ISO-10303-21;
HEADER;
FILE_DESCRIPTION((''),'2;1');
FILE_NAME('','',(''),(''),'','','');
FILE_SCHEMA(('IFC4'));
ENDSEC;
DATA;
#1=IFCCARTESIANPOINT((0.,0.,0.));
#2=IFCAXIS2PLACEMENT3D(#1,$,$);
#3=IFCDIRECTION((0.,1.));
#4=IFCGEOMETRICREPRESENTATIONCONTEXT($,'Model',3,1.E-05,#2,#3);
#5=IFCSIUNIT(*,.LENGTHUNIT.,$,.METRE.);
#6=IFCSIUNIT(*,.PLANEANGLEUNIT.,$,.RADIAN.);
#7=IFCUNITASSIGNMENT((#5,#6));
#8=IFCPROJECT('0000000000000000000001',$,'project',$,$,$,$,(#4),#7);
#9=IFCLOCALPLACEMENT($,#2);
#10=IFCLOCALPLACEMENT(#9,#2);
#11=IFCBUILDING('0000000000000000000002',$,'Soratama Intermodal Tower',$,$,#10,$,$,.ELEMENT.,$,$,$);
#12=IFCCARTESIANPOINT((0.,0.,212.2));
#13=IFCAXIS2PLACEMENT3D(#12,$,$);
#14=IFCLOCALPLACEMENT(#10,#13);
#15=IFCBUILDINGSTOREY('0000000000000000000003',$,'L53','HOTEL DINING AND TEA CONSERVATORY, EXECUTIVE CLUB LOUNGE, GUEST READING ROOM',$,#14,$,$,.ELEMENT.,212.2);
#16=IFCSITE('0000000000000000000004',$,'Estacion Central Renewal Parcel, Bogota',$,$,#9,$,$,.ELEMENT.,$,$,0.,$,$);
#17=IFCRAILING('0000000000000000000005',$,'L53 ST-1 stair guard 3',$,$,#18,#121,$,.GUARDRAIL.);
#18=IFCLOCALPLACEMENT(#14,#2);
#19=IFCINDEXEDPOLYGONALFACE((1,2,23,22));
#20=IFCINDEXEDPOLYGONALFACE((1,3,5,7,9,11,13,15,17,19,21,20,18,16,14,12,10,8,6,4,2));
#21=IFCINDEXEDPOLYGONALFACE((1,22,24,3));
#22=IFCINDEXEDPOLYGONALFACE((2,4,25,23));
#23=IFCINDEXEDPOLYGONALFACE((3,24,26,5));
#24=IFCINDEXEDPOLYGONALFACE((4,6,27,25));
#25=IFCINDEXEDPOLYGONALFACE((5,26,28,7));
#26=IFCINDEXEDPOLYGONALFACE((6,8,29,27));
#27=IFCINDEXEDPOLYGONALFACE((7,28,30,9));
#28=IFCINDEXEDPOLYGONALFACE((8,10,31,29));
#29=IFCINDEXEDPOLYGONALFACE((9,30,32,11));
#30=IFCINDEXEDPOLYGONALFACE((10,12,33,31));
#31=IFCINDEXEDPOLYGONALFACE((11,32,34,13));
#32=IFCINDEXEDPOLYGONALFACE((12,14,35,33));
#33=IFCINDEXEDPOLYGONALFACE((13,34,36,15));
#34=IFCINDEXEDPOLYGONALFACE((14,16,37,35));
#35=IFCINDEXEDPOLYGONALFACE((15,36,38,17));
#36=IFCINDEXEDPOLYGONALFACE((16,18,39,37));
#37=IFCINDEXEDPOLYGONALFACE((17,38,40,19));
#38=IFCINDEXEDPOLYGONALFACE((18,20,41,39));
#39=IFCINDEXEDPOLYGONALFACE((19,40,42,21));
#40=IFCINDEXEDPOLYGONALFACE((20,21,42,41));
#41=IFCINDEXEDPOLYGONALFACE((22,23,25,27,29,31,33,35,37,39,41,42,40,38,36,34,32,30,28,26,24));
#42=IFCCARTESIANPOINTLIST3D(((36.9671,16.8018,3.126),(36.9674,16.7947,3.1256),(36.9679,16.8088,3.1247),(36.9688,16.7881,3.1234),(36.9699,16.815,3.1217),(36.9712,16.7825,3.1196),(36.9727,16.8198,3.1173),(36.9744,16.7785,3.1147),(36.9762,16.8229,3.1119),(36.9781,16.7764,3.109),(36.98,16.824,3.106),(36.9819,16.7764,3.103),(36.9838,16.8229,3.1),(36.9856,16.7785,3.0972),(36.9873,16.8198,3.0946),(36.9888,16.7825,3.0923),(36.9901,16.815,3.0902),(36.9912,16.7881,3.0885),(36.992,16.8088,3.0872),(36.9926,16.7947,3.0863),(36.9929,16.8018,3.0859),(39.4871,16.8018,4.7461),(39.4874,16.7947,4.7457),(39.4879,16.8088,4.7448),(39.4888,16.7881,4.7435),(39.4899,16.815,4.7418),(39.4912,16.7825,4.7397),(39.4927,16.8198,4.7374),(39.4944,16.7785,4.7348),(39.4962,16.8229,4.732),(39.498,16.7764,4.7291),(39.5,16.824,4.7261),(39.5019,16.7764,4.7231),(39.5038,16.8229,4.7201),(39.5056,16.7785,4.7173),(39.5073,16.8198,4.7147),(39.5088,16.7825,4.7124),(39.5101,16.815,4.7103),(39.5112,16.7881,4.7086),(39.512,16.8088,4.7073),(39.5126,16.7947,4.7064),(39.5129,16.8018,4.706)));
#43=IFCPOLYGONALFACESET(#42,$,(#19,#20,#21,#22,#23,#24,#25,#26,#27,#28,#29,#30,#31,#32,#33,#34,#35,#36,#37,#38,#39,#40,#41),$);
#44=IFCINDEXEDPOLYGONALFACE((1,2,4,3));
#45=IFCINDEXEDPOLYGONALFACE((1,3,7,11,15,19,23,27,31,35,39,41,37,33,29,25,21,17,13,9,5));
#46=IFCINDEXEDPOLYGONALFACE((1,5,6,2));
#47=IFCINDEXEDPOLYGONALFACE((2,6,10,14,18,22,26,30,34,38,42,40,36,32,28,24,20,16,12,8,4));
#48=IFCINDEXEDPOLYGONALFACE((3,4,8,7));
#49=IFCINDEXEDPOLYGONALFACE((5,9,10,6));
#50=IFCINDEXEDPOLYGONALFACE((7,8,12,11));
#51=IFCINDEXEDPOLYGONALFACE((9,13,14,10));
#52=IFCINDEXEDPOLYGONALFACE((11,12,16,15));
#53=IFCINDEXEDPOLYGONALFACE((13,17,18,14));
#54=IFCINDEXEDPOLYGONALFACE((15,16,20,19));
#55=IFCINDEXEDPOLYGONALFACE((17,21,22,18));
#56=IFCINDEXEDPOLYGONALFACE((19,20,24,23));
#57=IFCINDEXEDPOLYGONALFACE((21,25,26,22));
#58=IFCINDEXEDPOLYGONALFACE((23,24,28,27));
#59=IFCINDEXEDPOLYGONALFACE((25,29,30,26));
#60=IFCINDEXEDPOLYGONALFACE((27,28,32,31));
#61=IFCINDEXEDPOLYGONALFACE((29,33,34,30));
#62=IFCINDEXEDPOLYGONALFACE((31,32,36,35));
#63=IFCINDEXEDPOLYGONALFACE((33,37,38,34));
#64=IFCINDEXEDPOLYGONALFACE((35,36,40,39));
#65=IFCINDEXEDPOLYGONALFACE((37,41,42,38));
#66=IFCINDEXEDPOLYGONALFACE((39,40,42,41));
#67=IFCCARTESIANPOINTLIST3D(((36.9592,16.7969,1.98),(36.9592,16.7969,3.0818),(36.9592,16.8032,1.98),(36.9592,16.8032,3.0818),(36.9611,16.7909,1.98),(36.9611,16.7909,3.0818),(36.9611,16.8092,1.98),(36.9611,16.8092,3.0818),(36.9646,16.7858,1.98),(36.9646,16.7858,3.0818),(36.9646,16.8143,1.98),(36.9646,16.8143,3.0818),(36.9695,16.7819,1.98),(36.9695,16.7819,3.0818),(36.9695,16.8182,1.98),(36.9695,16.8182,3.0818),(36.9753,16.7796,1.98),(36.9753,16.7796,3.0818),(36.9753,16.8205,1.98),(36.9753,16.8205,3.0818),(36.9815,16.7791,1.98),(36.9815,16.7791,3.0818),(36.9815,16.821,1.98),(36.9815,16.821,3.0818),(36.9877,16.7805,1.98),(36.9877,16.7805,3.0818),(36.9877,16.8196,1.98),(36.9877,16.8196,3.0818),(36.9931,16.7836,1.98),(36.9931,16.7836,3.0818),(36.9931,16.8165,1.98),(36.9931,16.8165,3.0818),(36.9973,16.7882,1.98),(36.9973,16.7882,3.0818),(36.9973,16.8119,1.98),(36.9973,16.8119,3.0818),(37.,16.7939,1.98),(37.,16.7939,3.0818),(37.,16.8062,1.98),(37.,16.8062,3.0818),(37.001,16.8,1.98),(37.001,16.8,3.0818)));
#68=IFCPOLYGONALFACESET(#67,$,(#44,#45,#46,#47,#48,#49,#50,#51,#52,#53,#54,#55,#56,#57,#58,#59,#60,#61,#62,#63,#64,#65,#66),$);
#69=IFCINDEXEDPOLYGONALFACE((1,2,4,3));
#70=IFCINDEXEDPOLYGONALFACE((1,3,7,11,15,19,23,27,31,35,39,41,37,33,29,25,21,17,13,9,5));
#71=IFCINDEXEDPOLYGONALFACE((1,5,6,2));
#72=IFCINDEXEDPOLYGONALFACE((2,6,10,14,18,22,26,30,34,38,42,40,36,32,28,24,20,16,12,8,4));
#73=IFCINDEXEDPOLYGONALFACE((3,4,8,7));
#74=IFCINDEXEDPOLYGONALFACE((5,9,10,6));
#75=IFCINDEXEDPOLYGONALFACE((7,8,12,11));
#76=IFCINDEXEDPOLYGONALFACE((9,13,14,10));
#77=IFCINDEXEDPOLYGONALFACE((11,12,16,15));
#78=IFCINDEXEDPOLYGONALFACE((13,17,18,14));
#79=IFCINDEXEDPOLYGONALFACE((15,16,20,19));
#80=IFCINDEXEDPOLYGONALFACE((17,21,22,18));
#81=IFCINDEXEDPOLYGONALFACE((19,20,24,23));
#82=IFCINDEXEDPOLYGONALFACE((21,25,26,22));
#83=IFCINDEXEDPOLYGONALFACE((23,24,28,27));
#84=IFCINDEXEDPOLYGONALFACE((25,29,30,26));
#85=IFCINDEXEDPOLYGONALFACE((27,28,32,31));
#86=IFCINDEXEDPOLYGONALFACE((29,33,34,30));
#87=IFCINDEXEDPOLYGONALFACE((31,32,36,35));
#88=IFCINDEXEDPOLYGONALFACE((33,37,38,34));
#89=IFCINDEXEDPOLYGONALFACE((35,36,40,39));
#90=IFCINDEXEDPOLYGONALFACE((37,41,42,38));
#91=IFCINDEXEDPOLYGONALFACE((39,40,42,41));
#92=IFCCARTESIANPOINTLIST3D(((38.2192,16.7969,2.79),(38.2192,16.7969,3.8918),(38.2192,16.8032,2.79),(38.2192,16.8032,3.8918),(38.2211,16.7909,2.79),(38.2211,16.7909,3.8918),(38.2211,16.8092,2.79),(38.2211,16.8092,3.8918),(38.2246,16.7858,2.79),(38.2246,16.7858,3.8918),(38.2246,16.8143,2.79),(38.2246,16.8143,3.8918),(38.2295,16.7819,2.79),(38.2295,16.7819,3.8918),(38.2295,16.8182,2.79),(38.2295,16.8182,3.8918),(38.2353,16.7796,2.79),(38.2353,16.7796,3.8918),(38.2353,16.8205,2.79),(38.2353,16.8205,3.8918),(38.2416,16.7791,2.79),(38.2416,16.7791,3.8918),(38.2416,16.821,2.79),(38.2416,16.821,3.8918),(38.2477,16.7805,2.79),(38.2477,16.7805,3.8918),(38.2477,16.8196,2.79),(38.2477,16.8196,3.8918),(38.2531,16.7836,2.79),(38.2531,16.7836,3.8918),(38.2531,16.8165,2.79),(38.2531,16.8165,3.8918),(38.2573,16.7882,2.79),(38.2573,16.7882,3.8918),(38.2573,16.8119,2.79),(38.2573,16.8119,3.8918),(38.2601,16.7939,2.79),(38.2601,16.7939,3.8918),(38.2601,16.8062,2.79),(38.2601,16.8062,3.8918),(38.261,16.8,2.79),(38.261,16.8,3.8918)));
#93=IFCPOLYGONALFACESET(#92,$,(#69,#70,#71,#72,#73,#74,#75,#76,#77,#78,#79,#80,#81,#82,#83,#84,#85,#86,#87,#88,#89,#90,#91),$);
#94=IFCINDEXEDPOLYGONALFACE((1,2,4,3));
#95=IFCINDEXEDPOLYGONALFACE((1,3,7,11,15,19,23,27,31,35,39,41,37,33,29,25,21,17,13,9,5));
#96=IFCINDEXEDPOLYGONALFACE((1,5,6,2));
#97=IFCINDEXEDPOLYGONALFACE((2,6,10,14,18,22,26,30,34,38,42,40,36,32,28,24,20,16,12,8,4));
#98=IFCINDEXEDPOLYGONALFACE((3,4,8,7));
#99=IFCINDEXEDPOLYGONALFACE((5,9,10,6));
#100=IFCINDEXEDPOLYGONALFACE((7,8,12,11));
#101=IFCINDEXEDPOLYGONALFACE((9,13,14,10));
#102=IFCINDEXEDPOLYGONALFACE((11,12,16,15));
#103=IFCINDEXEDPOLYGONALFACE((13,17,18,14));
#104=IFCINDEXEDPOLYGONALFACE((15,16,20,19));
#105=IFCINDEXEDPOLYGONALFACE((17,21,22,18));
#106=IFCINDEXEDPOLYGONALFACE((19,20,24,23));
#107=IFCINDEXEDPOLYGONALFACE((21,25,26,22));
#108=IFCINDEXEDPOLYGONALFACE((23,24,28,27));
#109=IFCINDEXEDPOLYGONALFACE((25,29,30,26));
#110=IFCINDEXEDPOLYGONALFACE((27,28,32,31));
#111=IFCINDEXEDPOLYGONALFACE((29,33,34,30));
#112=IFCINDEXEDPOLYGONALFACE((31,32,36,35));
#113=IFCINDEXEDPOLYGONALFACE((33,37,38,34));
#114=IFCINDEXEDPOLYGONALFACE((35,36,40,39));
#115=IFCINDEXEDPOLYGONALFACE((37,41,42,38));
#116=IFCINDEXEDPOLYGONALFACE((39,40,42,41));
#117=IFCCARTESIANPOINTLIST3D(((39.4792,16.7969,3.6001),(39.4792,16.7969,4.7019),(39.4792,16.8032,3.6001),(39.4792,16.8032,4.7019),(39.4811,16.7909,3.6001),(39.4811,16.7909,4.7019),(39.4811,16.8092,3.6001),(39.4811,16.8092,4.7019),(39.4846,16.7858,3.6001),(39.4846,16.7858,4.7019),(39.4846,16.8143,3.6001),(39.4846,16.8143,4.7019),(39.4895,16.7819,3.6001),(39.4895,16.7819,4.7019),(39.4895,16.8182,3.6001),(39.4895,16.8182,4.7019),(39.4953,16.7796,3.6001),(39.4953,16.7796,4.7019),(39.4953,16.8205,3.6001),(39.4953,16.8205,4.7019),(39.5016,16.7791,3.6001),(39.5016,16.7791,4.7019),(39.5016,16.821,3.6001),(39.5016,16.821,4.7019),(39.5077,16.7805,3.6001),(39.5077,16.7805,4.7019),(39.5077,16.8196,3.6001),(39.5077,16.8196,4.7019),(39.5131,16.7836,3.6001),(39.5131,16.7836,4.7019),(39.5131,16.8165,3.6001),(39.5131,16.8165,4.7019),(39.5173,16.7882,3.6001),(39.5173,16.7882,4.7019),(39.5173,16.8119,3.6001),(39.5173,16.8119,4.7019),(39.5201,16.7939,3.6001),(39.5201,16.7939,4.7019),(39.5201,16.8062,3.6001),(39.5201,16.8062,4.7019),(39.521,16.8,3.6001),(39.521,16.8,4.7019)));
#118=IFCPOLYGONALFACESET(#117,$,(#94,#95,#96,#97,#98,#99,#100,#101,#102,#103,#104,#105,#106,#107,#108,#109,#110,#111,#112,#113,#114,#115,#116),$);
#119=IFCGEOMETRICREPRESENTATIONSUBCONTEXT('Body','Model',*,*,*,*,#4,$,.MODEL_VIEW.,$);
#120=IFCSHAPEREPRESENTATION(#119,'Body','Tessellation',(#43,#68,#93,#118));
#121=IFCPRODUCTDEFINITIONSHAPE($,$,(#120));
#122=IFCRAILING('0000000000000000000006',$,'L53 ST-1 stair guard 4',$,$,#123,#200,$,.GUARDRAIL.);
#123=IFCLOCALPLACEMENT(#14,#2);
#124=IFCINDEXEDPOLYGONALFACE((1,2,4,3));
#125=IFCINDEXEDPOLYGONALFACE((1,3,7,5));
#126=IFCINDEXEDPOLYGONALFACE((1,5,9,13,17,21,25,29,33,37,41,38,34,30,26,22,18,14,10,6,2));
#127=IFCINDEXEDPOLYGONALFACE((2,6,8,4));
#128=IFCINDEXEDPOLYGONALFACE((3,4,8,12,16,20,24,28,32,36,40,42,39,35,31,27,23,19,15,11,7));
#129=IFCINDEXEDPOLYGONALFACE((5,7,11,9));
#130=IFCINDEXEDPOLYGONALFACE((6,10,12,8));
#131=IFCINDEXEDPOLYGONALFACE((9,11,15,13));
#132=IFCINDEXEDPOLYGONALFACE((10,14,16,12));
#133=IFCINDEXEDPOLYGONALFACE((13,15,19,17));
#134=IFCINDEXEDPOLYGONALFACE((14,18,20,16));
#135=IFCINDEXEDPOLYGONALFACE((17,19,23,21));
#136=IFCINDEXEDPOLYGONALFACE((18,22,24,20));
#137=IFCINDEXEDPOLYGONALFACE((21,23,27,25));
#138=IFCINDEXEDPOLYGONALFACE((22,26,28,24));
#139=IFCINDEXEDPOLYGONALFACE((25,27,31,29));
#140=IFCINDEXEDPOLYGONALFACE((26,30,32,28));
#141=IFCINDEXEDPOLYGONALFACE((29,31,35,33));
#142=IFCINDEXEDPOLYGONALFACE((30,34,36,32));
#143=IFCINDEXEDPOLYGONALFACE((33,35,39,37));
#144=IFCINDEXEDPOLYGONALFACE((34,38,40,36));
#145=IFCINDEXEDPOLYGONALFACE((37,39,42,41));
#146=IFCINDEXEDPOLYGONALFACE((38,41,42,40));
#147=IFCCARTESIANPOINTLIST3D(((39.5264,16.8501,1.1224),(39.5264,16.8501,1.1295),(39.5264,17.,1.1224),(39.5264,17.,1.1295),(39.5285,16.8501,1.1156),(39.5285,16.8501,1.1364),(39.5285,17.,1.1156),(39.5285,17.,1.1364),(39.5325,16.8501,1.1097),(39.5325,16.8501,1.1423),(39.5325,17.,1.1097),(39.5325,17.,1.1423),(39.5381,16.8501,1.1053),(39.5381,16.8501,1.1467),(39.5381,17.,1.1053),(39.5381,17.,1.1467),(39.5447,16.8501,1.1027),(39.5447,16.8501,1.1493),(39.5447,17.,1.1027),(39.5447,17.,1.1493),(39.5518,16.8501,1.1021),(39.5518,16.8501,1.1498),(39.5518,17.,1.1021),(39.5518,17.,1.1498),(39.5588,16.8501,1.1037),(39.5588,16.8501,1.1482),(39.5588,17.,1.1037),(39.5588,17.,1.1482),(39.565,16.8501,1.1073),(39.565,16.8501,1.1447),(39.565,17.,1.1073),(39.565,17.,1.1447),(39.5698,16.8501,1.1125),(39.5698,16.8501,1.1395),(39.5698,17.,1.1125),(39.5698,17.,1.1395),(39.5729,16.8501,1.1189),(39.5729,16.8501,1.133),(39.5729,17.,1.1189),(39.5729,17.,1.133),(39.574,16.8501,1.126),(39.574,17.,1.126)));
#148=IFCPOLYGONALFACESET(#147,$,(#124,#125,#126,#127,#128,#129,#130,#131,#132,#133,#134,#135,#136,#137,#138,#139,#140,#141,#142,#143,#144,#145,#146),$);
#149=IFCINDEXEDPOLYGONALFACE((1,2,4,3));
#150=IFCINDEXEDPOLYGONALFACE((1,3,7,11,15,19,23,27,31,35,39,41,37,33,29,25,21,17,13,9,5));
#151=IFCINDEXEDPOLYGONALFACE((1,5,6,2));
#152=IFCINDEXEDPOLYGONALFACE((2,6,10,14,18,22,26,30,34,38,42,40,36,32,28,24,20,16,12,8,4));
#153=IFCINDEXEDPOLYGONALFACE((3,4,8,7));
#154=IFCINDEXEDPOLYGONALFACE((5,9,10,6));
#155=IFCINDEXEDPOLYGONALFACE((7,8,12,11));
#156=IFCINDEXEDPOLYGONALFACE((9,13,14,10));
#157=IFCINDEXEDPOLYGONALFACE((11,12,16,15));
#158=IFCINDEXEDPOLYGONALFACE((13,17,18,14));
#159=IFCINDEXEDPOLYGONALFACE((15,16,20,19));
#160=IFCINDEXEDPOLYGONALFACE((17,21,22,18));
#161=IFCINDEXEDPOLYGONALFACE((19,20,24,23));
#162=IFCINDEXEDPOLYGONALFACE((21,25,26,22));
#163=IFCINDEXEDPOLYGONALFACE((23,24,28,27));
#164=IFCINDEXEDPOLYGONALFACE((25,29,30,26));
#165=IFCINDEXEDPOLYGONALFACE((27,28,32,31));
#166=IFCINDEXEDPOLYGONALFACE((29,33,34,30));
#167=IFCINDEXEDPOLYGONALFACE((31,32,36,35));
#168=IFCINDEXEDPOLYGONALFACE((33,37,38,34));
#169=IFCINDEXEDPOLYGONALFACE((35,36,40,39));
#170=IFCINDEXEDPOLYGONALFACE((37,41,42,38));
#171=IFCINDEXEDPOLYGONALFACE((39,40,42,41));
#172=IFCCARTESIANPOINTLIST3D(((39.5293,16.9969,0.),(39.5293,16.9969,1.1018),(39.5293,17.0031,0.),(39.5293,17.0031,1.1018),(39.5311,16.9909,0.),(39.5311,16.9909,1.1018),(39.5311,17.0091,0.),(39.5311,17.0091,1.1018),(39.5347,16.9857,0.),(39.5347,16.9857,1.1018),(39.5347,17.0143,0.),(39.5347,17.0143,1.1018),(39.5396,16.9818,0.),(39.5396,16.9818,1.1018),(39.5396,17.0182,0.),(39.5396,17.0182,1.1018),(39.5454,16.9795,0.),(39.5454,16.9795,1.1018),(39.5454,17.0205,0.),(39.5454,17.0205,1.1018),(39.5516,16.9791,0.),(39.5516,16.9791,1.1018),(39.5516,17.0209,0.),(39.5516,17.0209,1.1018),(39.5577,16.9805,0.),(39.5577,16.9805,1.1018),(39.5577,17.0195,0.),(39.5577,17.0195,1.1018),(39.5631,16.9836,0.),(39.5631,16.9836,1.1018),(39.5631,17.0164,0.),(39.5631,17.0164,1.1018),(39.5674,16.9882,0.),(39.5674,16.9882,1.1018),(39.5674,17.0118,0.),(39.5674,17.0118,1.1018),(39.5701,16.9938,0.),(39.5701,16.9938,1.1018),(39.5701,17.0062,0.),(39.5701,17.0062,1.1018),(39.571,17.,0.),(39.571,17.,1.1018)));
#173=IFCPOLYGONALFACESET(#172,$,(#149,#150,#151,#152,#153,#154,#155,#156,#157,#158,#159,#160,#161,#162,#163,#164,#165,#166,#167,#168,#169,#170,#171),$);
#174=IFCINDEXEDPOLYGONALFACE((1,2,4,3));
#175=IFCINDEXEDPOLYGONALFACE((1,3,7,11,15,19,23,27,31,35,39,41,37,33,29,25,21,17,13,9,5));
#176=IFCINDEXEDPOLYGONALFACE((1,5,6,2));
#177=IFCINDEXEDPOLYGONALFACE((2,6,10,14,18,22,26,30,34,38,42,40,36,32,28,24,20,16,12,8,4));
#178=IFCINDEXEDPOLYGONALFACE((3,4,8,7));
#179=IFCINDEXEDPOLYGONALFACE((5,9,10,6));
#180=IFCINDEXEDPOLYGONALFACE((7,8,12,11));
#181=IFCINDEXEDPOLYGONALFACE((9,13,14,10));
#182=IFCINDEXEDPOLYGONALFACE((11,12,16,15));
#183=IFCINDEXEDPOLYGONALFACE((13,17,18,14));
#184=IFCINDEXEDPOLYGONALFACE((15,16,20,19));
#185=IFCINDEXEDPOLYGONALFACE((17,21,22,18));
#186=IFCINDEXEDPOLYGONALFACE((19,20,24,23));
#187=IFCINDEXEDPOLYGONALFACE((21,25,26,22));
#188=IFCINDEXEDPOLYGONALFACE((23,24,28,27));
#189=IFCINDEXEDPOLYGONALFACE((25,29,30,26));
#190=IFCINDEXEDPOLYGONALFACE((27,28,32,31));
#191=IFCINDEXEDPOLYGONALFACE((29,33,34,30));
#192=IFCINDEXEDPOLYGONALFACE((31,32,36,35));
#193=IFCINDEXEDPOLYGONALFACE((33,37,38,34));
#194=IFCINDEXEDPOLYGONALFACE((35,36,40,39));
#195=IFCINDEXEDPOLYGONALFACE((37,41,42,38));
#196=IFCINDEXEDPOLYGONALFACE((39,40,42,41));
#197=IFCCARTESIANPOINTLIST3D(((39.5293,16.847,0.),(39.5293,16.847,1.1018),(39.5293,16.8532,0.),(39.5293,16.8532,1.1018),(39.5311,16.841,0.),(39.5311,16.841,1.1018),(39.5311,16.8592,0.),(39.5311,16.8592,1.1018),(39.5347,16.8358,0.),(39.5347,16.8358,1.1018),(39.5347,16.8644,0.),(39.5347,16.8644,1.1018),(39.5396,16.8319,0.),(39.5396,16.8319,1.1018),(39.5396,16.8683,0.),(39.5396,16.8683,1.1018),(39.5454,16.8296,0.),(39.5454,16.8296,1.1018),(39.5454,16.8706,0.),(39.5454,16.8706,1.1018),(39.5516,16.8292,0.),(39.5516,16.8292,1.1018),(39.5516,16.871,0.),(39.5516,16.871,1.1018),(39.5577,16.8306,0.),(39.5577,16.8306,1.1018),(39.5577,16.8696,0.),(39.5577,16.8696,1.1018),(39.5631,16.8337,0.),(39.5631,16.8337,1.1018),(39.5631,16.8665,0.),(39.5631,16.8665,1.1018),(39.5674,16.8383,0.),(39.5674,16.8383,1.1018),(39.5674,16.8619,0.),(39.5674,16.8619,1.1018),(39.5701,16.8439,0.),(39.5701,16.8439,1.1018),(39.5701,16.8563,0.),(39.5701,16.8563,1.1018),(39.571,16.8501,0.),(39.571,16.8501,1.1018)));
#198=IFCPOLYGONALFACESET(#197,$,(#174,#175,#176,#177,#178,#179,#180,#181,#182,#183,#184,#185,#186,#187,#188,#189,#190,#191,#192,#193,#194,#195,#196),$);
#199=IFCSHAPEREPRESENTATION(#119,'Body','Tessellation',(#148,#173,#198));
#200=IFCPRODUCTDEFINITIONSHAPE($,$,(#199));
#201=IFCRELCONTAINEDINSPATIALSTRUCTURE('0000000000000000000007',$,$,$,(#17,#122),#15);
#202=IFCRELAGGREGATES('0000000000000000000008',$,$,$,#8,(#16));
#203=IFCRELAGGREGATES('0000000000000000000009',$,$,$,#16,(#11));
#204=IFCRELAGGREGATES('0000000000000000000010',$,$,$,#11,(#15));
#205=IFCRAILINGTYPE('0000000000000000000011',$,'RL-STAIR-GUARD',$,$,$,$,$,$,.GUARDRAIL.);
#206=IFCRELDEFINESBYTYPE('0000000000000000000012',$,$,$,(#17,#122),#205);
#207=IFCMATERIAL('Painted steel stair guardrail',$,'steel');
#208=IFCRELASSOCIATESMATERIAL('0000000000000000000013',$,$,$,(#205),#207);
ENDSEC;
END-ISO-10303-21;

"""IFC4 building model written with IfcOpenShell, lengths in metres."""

from ifc_helpers import new_model, si_unit, direction, frame, origin, origin_2d, place, context, subcontext, project, spatial, circle, extrude, material, type_object, element, save


model = new_model("IFC4")

# Units and contexts
model_context = context("Model", 3, precision=1e-05, world=origin(), true_north=direction((0.0, 1.0)))
body_context = subcontext(model_context, "Body", "Model", "MODEL_VIEW")
ifc_project = project(units=[si_unit("LENGTHUNIT", "METRE"), si_unit("PLANEANGLEUNIT", "RADIAN")], contexts=[model_context])

# Site, building, storey
site_placement = place(None, origin())
site = spatial("IfcSite", under=ifc_project, at=site_placement, Name="Estacion Central Renewal Parcel, Bogota", CompositionType="ELEMENT", RefElevation=0.0)
building_placement = place(site_placement, origin())
building = spatial("IfcBuilding", under=site, at=building_placement, Name="Soratama Intermodal Tower", CompositionType="ELEMENT")
storey_placement = place(building_placement, frame((0.0, 0.0, 212.2)))
storey = spatial("IfcBuildingStorey", under=building, at=storey_placement, Name="L53", Description="HOTEL DINING AND TEA CONSERVATORY, EXECUTIVE CLUB LOUNGE, GUEST READING ROOM", CompositionType="ELEMENT", Elevation=212.2)

# Railings
ifc_material_1 = material(Name="Painted steel stair guardrail", Category="steel")
railing_type_1 = type_object("IfcRailingType", Name="RL-STAIR-GUARD", PredefinedType="GUARDRAIL", material=ifc_material_1)
railing_1_placement = place(storey_placement, frame((36.98, 16.8, 1.98)))
element("IfcRailing", 1, at=railing_1_placement, inside=storey, type_object=railing_type_1, Name="L53 ST-1 stair guard 3", PredefinedType="GUARDRAIL", context=body_context, shape_type="SweptSolid", body=[
    extrude(circle(Radius=0.0239, at=origin_2d()), frame((0.0, 0.0, 1.126), z_axis=(0.841163, 0.0, 0.540782), x_axis=(0.0, 1.0, 0.0)), (0.0, 0.0, 1.0), 2.9958),
    extrude(circle(Radius=0.021, at=origin_2d()), origin(), (0.0, 0.0, 1.0), 1.1018),
    extrude(circle(Radius=0.021, at=origin_2d()), frame((1.26, 0.0, 0.8101)), (0.0, 0.0, 1.0), 1.1018),
    extrude(circle(Radius=0.021, at=origin_2d()), frame((2.52, 0.0, 1.6201)), (0.0, 0.0, 1.0), 1.1018),
])
railing_2_placement = place(storey_placement, frame((39.55, 17.0, 0.0)))
element("IfcRailing", 2, at=railing_2_placement, inside=storey, type_object=railing_type_1, Name="L53 ST-1 stair guard 4", PredefinedType="GUARDRAIL", context=body_context, shape_type="SweptSolid", body=[
    extrude(circle(Radius=0.0239, at=origin_2d()), frame((0.0, 0.0, 1.126), z_axis=(0.0, -1.0, 0.0), x_axis=(1.0, 0.0, 0.0)), (0.0, 0.0, 1.0), 0.1499),
    extrude(circle(Radius=0.021, at=origin_2d()), origin(), (0.0, 0.0, 1.0), 1.1018),
    extrude(circle(Radius=0.021, at=origin_2d()), frame((0.0, -0.1499, 0.0)), (0.0, 0.0, 1.0), 1.1018),
])

save(model, "model.ifc")
